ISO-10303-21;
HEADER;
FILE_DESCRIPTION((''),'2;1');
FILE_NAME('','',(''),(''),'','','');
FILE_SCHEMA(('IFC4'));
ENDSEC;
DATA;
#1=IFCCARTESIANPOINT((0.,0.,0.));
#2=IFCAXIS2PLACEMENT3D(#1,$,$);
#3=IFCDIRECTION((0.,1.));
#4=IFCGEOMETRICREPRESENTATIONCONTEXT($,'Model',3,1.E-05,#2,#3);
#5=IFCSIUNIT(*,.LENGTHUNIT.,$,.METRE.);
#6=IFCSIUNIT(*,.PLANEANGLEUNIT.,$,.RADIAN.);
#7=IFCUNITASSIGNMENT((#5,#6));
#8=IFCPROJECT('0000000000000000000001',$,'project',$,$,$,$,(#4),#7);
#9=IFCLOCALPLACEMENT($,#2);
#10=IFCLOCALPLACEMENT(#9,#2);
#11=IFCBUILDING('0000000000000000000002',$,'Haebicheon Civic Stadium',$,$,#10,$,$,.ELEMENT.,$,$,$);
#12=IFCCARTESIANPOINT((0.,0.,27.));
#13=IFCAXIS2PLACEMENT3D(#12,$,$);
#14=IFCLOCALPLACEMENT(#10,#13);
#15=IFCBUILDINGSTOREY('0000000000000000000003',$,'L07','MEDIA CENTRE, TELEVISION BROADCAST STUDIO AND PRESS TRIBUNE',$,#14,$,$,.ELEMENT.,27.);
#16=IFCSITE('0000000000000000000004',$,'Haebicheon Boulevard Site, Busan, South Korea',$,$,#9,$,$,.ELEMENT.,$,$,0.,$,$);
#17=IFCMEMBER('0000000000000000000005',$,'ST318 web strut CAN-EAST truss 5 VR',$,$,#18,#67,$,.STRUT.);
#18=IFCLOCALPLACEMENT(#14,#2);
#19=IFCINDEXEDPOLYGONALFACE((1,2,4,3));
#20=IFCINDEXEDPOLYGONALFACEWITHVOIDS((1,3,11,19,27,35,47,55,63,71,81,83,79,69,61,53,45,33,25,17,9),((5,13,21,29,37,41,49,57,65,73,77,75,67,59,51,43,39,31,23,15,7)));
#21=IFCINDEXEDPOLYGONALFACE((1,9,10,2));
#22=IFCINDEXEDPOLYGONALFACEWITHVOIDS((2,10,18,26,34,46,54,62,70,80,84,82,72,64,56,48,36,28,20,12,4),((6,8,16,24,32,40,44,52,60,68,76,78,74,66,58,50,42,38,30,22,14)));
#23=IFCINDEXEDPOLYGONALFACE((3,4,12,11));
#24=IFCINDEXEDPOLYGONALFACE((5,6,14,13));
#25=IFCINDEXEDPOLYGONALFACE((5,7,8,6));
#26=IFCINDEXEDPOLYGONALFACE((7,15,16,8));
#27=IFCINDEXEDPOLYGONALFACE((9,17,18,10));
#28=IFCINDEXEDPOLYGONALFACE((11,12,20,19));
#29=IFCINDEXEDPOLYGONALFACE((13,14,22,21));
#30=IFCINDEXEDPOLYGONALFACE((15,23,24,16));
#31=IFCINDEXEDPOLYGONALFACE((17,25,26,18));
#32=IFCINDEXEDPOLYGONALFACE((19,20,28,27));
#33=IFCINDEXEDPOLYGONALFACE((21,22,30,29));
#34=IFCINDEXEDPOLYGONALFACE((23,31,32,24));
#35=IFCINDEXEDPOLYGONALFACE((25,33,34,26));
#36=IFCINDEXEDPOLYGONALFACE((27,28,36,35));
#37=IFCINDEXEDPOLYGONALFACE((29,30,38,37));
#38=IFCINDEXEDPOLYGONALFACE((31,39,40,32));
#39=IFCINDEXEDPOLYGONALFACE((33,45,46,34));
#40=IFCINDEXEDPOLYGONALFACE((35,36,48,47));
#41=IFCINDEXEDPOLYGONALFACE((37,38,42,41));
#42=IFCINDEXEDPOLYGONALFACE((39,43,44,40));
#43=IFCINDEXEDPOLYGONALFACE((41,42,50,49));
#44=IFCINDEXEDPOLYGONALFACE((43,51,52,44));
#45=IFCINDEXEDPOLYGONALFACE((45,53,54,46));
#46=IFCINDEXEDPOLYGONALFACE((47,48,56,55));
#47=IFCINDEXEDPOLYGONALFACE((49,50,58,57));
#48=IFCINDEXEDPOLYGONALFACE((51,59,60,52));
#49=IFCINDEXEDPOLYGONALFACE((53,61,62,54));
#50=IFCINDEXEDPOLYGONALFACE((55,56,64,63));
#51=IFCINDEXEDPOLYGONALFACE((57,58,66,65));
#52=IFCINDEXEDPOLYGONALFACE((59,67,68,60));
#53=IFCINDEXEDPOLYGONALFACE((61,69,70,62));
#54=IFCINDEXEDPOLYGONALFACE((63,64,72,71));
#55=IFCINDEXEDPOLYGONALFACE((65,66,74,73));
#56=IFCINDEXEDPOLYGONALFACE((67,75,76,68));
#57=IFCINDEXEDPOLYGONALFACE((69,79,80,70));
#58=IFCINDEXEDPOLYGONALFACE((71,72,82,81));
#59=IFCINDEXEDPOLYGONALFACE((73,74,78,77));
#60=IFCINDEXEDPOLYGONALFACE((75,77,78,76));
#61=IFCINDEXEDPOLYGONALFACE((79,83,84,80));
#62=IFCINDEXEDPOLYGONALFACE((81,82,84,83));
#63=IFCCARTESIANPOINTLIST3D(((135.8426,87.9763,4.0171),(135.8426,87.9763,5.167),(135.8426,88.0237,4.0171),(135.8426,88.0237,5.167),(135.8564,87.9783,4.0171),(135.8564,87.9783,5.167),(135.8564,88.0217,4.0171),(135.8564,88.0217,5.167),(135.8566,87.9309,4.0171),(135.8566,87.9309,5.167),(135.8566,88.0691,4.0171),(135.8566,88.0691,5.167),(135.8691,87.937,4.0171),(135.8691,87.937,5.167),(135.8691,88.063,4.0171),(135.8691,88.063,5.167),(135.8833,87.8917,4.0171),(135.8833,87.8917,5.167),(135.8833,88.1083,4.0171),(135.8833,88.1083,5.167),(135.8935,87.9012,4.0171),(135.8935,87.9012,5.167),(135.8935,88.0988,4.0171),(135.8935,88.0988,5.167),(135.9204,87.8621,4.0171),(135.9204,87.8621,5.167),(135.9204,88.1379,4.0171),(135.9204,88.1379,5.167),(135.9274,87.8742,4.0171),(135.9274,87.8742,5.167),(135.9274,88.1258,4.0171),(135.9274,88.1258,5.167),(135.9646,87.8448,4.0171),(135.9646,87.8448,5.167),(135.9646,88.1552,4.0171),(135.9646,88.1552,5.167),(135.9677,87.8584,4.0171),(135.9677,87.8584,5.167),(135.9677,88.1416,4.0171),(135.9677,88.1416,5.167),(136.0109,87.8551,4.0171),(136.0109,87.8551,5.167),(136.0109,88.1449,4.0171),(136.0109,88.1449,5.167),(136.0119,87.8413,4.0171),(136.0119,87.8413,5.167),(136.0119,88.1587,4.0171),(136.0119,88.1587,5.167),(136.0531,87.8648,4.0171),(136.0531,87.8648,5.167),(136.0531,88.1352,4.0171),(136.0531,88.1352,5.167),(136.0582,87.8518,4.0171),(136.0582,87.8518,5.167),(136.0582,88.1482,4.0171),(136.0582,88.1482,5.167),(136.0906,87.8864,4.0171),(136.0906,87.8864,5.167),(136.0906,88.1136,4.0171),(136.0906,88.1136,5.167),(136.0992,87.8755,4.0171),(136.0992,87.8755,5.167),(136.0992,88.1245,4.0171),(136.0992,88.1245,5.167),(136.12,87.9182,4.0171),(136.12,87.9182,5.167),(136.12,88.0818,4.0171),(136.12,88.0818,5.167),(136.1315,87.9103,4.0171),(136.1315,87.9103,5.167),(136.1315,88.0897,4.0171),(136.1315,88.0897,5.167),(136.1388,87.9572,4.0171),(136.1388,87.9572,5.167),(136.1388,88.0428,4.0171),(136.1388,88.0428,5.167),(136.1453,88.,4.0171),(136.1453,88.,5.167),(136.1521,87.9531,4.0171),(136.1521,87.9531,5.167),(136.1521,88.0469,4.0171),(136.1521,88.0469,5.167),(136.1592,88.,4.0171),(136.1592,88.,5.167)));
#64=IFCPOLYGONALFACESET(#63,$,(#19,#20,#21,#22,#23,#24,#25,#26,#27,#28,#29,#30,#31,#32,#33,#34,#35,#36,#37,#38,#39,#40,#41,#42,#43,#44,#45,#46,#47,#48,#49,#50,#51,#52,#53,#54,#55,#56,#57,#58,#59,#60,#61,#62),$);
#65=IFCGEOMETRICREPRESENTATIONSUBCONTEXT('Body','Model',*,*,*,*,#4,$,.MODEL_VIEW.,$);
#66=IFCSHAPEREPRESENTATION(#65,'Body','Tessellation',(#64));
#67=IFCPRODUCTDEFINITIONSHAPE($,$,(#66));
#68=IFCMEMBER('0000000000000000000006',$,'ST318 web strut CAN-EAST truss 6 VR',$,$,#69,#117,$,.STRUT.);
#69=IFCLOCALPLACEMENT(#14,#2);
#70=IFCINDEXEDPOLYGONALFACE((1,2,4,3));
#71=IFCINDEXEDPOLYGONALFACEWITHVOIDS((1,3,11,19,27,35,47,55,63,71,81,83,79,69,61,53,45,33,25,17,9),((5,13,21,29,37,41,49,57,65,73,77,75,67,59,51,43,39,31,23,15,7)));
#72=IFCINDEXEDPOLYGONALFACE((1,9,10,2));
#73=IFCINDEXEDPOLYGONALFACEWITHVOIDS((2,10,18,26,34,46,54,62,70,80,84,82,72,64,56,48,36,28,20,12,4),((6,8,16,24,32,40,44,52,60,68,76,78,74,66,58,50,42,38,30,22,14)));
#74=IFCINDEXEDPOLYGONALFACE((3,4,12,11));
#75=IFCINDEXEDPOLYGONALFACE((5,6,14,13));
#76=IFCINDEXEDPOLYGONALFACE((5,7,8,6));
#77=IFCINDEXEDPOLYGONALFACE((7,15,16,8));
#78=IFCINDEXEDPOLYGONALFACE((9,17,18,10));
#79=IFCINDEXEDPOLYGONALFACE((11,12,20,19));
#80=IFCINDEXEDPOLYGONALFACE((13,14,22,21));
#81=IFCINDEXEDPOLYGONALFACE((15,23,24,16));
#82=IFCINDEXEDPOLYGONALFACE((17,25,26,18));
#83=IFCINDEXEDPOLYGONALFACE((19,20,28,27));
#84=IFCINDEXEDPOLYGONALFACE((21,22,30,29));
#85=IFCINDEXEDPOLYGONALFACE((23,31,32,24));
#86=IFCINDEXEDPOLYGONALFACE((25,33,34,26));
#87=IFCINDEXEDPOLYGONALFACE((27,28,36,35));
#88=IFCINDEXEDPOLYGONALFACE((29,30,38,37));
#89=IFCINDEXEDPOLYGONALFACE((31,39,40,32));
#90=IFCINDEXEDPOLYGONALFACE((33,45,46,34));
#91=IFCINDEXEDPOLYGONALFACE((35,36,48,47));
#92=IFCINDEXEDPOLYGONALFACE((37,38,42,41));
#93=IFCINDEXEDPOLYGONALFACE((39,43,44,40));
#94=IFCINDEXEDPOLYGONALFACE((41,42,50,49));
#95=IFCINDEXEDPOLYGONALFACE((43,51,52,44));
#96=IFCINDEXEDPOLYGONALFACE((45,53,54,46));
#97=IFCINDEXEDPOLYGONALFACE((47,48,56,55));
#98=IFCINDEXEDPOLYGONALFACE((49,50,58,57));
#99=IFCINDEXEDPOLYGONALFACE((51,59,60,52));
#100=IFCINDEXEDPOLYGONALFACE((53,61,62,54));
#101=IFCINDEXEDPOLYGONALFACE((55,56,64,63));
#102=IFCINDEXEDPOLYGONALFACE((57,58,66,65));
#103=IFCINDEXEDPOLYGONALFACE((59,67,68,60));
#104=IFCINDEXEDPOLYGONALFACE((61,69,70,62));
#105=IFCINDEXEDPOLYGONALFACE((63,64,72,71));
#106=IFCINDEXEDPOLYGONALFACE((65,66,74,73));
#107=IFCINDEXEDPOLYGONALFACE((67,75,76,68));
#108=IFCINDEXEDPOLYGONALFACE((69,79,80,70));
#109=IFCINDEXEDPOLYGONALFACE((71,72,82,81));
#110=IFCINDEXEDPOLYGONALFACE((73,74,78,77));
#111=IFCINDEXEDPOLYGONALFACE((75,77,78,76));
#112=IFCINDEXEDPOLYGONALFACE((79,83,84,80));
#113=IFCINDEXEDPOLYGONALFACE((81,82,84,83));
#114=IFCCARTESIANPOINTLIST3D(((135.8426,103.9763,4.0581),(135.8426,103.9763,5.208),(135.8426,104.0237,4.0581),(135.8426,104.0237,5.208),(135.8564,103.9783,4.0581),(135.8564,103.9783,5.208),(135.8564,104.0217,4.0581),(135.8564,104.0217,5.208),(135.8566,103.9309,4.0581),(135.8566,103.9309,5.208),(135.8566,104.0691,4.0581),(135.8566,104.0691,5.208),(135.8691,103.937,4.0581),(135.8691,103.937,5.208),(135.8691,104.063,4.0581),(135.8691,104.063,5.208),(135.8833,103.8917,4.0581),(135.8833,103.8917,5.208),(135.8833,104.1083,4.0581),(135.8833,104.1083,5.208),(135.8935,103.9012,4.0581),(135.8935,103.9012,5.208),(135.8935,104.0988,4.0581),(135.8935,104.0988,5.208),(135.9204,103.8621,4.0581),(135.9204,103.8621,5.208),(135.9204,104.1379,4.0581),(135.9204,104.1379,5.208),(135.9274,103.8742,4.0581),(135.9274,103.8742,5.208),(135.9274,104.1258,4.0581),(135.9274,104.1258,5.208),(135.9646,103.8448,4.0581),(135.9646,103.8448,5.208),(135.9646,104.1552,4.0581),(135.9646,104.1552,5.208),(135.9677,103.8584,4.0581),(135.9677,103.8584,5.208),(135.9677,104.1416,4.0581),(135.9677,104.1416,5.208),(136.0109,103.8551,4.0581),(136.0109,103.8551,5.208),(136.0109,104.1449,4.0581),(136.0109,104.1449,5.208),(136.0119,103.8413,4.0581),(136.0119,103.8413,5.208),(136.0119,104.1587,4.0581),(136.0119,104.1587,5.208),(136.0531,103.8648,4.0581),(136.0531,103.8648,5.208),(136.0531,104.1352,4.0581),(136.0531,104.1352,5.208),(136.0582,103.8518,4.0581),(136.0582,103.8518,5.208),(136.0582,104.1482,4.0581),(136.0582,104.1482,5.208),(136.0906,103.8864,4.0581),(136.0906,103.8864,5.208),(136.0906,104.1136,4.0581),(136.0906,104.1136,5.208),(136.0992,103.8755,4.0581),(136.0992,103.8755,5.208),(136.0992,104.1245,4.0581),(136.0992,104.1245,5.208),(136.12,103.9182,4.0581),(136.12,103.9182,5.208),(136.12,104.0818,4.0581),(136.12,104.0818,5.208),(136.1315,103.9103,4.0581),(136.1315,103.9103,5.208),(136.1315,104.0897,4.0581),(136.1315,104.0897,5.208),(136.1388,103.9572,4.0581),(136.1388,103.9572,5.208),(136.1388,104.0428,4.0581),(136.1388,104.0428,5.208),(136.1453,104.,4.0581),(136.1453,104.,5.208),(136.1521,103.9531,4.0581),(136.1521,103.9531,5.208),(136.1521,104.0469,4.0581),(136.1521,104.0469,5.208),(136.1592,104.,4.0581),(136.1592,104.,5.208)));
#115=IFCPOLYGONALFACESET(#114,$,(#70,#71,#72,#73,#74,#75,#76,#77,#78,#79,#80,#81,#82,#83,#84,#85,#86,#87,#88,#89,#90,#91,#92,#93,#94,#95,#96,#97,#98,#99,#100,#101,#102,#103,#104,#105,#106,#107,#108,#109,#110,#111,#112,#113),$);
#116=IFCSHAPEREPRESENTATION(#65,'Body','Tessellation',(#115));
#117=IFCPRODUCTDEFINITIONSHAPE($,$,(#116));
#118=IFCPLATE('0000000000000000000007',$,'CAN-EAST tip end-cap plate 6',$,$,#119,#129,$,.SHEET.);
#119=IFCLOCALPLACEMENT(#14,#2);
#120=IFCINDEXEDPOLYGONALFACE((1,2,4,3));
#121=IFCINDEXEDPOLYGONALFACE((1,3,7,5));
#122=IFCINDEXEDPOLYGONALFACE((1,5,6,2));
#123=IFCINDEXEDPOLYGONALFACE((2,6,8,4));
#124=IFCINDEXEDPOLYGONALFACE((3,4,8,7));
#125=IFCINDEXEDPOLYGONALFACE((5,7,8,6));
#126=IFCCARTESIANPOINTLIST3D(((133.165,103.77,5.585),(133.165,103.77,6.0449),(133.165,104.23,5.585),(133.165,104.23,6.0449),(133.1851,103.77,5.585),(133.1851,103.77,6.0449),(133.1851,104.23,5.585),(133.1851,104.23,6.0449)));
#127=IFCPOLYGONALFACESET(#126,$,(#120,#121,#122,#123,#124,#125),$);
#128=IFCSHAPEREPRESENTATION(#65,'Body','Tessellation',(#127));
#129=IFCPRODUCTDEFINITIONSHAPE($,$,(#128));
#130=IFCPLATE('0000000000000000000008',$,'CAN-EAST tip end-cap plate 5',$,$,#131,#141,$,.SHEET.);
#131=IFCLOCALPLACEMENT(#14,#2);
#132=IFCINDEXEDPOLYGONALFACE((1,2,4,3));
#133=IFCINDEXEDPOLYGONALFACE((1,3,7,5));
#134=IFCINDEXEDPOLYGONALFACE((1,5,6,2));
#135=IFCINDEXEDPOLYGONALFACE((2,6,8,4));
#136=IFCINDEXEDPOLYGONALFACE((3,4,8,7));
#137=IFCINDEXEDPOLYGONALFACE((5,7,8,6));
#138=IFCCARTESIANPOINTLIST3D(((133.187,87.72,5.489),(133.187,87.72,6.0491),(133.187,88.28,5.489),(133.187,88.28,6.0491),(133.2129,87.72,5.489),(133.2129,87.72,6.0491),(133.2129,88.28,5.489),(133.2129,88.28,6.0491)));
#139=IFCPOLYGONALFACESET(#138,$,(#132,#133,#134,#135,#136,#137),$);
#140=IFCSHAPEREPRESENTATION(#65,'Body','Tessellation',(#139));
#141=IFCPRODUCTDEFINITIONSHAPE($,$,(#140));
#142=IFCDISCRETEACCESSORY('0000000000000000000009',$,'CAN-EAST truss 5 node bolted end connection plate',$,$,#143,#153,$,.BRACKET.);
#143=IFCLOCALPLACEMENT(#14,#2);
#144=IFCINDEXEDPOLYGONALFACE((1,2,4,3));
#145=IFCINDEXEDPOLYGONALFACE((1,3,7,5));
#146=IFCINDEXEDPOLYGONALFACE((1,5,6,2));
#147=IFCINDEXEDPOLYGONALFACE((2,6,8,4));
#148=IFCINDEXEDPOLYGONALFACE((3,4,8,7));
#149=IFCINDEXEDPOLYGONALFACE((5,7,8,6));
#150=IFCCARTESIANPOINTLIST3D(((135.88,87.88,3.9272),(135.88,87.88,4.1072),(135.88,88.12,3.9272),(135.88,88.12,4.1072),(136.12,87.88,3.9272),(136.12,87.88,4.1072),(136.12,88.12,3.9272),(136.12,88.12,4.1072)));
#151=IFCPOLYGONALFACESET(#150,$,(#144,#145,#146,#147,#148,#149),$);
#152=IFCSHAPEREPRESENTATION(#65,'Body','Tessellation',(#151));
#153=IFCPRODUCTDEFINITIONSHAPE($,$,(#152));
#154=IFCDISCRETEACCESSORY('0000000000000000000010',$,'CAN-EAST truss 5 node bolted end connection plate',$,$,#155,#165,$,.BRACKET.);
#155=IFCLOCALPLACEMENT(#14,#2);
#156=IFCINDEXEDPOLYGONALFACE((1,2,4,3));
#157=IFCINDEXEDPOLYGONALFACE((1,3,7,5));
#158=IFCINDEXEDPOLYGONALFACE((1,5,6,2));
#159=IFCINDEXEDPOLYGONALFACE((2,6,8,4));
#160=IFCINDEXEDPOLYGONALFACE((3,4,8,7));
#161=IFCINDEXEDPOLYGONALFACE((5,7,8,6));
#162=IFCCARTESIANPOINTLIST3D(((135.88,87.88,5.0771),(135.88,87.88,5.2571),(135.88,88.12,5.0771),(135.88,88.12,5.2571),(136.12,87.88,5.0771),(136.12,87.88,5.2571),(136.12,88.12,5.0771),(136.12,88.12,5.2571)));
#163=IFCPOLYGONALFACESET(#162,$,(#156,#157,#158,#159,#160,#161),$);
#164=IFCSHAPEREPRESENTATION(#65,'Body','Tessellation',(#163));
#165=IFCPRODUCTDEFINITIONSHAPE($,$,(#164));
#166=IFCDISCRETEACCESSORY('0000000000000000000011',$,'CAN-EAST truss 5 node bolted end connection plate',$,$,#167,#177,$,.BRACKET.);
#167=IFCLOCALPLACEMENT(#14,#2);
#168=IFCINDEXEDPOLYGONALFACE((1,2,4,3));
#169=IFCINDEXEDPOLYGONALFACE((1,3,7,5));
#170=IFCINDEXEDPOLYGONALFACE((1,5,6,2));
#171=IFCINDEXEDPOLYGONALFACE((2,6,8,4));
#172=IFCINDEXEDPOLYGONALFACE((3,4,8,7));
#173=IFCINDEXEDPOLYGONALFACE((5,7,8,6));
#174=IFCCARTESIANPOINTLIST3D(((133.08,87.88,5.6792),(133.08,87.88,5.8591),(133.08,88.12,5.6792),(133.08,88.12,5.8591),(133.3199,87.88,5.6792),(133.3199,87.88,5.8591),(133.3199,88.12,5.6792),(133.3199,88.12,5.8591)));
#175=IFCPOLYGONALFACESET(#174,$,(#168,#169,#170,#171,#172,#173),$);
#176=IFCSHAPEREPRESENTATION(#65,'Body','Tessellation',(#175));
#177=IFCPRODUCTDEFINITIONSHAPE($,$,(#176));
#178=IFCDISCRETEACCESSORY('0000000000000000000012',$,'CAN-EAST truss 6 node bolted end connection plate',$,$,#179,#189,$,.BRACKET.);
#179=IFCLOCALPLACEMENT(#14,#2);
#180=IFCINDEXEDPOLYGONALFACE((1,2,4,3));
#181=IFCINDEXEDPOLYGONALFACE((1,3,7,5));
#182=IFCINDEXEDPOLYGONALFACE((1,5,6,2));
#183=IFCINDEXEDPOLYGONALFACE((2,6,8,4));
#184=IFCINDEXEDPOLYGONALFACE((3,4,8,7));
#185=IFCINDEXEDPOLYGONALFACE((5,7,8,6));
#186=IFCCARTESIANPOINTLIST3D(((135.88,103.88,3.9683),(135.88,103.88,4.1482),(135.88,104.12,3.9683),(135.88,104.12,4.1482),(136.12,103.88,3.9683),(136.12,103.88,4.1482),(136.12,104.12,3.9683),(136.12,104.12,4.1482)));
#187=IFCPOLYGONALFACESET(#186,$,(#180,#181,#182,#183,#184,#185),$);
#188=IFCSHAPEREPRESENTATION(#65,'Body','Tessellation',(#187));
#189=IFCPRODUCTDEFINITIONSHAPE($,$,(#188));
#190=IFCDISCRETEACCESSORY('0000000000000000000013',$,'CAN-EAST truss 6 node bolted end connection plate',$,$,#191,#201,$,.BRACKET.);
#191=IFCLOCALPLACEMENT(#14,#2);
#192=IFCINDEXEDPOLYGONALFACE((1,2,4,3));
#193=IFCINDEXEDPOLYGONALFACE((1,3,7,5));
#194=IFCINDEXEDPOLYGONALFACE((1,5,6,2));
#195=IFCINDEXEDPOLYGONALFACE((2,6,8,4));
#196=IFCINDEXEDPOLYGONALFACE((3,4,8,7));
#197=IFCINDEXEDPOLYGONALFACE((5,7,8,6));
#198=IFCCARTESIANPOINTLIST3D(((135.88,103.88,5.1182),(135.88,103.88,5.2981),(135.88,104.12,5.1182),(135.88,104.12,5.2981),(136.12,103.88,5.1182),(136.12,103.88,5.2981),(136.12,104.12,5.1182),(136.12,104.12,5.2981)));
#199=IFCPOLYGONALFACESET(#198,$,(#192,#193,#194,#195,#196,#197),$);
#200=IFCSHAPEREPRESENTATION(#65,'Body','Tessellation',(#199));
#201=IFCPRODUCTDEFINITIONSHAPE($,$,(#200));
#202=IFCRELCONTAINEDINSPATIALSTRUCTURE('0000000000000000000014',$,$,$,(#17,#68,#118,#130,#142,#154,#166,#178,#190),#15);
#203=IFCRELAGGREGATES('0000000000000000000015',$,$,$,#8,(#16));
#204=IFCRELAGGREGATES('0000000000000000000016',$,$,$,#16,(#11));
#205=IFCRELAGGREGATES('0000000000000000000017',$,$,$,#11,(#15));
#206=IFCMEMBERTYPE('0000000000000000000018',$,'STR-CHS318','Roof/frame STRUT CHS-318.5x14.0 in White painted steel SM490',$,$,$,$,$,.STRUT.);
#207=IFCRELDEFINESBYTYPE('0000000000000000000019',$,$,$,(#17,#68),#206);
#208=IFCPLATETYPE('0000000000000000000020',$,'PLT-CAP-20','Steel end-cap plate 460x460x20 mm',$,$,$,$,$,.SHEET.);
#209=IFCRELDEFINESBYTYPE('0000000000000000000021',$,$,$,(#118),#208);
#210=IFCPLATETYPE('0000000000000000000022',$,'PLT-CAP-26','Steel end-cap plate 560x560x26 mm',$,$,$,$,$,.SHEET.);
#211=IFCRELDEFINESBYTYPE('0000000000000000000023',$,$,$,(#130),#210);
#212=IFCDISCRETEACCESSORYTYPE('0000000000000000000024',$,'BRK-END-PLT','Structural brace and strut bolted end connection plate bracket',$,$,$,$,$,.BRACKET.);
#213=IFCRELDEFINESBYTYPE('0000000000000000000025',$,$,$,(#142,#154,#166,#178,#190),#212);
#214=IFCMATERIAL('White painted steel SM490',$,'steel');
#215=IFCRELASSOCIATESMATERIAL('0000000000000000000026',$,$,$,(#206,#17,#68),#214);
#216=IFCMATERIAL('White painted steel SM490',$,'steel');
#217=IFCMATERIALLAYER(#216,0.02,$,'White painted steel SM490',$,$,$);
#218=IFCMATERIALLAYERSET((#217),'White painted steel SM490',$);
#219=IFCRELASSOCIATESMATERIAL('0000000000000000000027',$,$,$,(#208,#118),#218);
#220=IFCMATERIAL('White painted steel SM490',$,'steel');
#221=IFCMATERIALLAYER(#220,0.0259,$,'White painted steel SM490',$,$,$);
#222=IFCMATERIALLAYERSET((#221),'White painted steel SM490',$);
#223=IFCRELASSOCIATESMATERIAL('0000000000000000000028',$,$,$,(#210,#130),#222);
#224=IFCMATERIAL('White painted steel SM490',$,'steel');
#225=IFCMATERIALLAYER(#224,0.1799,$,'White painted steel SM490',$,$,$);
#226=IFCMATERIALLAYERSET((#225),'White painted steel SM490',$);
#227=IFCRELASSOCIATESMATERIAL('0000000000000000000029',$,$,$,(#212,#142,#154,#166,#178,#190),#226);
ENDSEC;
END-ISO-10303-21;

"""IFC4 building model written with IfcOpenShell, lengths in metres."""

from ifc_helpers import new_model, si_unit, direction, frame, origin, origin_2d, place, context, subcontext, project, spatial, rectangle, hollow_circle, extrude, material, layer, layer_set, material_profile, profile_set, type_object, element, save


model = new_model("IFC4")

# Units and contexts
model_context = context("Model", 3, precision=1e-05, world=origin(), true_north=direction((0.0, 1.0)))
body_context = subcontext(model_context, "Body", "Model", "MODEL_VIEW")
ifc_project = project(units=[si_unit("LENGTHUNIT", "METRE"), si_unit("PLANEANGLEUNIT", "RADIAN")], contexts=[model_context])

# Site, building, storey
site_placement = place(None, origin())
site = spatial("IfcSite", under=ifc_project, at=site_placement, Name="Haebicheon Boulevard Site, Busan, South Korea", CompositionType="ELEMENT", RefElevation=0.0)
building_placement = place(site_placement, origin())
building = spatial("IfcBuilding", under=site, at=building_placement, Name="Haebicheon Civic Stadium", CompositionType="ELEMENT")
storey_placement = place(building_placement, frame((0.0, 0.0, 27.0)))
storey = spatial("IfcBuildingStorey", under=building, at=storey_placement, Name="L07", Description="MEDIA CENTRE, TELEVISION BROADCAST STUDIO AND PRESS TRIBUNE", CompositionType="ELEMENT", Elevation=27.0)

# Members
ifc_material_1 = material(Name="White painted steel SM490", Category="steel")
ifc_material_profile_1 = material_profile(ifc_material_1, hollow_circle(Radius=0.1592, WallThickness=0.0139, at=origin_2d()), Name="CHS-318.5x14.0")
ifc_profile_set_1 = profile_set([ifc_material_profile_1], Name="White painted steel SM490")
member_type_1 = type_object("IfcMemberType", Name="STR-CHS318", Description="Roof/frame STRUT CHS-318.5x14.0 in White painted steel SM490", PredefinedType="STRUT", material=ifc_profile_set_1)
for number, where, z_axis, x_axis, name in (
    (1, (136.0, 88.0, 4.0171), (0.0, 0.0, 1.0), (1.0, 0.0, 0.0), "ST318 web strut CAN-EAST truss 5 VR"),
    (2, (136.0, 104.0, 4.0581), (0.0, 0.0, 1.0), (1.0, 0.0, 0.0), "ST318 web strut CAN-EAST truss 6 VR"),
):
    element("IfcMember", number, at=place(storey_placement, frame(where, z_axis=z_axis, x_axis=x_axis)), inside=storey, type_object=member_type_1, material=ifc_profile_set_1, Name=name, PredefinedType="STRUT", context=body_context, shape_type="SweptSolid", body=[
        extrude(hollow_circle(Radius=0.1592, WallThickness=0.0139, at=origin_2d()), origin(), (0.0, 0.0, 1.0), 1.1499),
    ])

# Plates
ifc_material_2 = material(Name="White painted steel SM490", Category="steel")
ifc_layer_1 = layer(ifc_material_2, 0.02, Name="White painted steel SM490")
ifc_layer_set_1 = layer_set([ifc_layer_1], Name="White painted steel SM490")
plate_type_1 = type_object("IfcPlateType", Name="PLT-CAP-20", Description="Steel end-cap plate 460x460x20 mm", PredefinedType="SHEET", material=ifc_layer_set_1)
plate_1_placement = place(storey_placement, frame((133.175, 104.0, 5.585), z_axis=(0.0, 0.0, 1.0), x_axis=(0.0, 1.0, 0.0)))
element("IfcPlate", 3, at=plate_1_placement, inside=storey, type_object=plate_type_1, material=ifc_layer_set_1, Name="CAN-EAST tip end-cap plate 6", PredefinedType="SHEET", context=body_context, shape_type="SweptSolid", body=[
    extrude(rectangle(XDim=0.46, YDim=0.02, at=origin_2d()), origin(), (0.0, 0.0, 1.0), 0.46),
])
ifc_material_3 = material(Name="White painted steel SM490", Category="steel")
ifc_layer_2 = layer(ifc_material_3, 0.0259, Name="White painted steel SM490")
ifc_layer_set_2 = layer_set([ifc_layer_2], Name="White painted steel SM490")
plate_type_2 = type_object("IfcPlateType", Name="PLT-CAP-26", Description="Steel end-cap plate 560x560x26 mm", PredefinedType="SHEET", material=ifc_layer_set_2)
plate_2_placement = place(storey_placement, frame((133.2, 88.0, 5.489), z_axis=(0.0, 0.0, 1.0), x_axis=(0.0, 1.0, 0.0)))
element("IfcPlate", 4, at=plate_2_placement, inside=storey, type_object=plate_type_2, material=ifc_layer_set_2, Name="CAN-EAST tip end-cap plate 5", PredefinedType="SHEET", context=body_context, shape_type="SweptSolid", body=[
    extrude(rectangle(XDim=0.5601, YDim=0.0259, at=origin_2d()), origin(), (0.0, 0.0, 1.0), 0.5601),
])

# Discrete accessories
ifc_material_4 = material(Name="White painted steel SM490", Category="steel")
ifc_layer_3 = layer(ifc_material_4, 0.1799, Name="White painted steel SM490")
ifc_layer_set_3 = layer_set([ifc_layer_3], Name="White painted steel SM490")
discrete_accessory_type = type_object("IfcDiscreteAccessoryType", Name="BRK-END-PLT", Description="Structural brace and strut bolted end connection plate bracket", PredefinedType="BRACKET", material=ifc_layer_set_3)
for number, where, z_axis, x_axis, name in (
    (5, (136.0, 88.0, 3.9272), (0.0, 0.0, 1.0), (1.0, 0.0, 0.0), "CAN-EAST truss 5 node bolted end connection plate"),
    (6, (136.0, 88.0, 5.0771), (0.0, 0.0, 1.0), (1.0, 0.0, 0.0), "CAN-EAST truss 5 node bolted end connection plate"),
    (7, (133.2, 88.0, 5.6792), (0.0, 0.0, 1.0), (1.0, 0.0, 0.0), "CAN-EAST truss 5 node bolted end connection plate"),
    (8, (136.0, 104.0, 3.9683), (0.0, 0.0, 1.0), (1.0, 0.0, 0.0), "CAN-EAST truss 6 node bolted end connection plate"),
    (9, (136.0, 104.0, 5.1182), (0.0, 0.0, 1.0), (1.0, 0.0, 0.0), "CAN-EAST truss 6 node bolted end connection plate"),
):
    element("IfcDiscreteAccessory", number, at=place(storey_placement, frame(where, z_axis=z_axis, x_axis=x_axis)), inside=storey, type_object=discrete_accessory_type, material=ifc_layer_set_3, Name=name, PredefinedType="BRACKET", context=body_context, shape_type="SweptSolid", body=[
        extrude(rectangle(XDim=0.24, YDim=0.24, at=origin_2d()), origin(), (0.0, 0.0, 1.0), 0.1799),
    ])

save(model, "model.ifc")
